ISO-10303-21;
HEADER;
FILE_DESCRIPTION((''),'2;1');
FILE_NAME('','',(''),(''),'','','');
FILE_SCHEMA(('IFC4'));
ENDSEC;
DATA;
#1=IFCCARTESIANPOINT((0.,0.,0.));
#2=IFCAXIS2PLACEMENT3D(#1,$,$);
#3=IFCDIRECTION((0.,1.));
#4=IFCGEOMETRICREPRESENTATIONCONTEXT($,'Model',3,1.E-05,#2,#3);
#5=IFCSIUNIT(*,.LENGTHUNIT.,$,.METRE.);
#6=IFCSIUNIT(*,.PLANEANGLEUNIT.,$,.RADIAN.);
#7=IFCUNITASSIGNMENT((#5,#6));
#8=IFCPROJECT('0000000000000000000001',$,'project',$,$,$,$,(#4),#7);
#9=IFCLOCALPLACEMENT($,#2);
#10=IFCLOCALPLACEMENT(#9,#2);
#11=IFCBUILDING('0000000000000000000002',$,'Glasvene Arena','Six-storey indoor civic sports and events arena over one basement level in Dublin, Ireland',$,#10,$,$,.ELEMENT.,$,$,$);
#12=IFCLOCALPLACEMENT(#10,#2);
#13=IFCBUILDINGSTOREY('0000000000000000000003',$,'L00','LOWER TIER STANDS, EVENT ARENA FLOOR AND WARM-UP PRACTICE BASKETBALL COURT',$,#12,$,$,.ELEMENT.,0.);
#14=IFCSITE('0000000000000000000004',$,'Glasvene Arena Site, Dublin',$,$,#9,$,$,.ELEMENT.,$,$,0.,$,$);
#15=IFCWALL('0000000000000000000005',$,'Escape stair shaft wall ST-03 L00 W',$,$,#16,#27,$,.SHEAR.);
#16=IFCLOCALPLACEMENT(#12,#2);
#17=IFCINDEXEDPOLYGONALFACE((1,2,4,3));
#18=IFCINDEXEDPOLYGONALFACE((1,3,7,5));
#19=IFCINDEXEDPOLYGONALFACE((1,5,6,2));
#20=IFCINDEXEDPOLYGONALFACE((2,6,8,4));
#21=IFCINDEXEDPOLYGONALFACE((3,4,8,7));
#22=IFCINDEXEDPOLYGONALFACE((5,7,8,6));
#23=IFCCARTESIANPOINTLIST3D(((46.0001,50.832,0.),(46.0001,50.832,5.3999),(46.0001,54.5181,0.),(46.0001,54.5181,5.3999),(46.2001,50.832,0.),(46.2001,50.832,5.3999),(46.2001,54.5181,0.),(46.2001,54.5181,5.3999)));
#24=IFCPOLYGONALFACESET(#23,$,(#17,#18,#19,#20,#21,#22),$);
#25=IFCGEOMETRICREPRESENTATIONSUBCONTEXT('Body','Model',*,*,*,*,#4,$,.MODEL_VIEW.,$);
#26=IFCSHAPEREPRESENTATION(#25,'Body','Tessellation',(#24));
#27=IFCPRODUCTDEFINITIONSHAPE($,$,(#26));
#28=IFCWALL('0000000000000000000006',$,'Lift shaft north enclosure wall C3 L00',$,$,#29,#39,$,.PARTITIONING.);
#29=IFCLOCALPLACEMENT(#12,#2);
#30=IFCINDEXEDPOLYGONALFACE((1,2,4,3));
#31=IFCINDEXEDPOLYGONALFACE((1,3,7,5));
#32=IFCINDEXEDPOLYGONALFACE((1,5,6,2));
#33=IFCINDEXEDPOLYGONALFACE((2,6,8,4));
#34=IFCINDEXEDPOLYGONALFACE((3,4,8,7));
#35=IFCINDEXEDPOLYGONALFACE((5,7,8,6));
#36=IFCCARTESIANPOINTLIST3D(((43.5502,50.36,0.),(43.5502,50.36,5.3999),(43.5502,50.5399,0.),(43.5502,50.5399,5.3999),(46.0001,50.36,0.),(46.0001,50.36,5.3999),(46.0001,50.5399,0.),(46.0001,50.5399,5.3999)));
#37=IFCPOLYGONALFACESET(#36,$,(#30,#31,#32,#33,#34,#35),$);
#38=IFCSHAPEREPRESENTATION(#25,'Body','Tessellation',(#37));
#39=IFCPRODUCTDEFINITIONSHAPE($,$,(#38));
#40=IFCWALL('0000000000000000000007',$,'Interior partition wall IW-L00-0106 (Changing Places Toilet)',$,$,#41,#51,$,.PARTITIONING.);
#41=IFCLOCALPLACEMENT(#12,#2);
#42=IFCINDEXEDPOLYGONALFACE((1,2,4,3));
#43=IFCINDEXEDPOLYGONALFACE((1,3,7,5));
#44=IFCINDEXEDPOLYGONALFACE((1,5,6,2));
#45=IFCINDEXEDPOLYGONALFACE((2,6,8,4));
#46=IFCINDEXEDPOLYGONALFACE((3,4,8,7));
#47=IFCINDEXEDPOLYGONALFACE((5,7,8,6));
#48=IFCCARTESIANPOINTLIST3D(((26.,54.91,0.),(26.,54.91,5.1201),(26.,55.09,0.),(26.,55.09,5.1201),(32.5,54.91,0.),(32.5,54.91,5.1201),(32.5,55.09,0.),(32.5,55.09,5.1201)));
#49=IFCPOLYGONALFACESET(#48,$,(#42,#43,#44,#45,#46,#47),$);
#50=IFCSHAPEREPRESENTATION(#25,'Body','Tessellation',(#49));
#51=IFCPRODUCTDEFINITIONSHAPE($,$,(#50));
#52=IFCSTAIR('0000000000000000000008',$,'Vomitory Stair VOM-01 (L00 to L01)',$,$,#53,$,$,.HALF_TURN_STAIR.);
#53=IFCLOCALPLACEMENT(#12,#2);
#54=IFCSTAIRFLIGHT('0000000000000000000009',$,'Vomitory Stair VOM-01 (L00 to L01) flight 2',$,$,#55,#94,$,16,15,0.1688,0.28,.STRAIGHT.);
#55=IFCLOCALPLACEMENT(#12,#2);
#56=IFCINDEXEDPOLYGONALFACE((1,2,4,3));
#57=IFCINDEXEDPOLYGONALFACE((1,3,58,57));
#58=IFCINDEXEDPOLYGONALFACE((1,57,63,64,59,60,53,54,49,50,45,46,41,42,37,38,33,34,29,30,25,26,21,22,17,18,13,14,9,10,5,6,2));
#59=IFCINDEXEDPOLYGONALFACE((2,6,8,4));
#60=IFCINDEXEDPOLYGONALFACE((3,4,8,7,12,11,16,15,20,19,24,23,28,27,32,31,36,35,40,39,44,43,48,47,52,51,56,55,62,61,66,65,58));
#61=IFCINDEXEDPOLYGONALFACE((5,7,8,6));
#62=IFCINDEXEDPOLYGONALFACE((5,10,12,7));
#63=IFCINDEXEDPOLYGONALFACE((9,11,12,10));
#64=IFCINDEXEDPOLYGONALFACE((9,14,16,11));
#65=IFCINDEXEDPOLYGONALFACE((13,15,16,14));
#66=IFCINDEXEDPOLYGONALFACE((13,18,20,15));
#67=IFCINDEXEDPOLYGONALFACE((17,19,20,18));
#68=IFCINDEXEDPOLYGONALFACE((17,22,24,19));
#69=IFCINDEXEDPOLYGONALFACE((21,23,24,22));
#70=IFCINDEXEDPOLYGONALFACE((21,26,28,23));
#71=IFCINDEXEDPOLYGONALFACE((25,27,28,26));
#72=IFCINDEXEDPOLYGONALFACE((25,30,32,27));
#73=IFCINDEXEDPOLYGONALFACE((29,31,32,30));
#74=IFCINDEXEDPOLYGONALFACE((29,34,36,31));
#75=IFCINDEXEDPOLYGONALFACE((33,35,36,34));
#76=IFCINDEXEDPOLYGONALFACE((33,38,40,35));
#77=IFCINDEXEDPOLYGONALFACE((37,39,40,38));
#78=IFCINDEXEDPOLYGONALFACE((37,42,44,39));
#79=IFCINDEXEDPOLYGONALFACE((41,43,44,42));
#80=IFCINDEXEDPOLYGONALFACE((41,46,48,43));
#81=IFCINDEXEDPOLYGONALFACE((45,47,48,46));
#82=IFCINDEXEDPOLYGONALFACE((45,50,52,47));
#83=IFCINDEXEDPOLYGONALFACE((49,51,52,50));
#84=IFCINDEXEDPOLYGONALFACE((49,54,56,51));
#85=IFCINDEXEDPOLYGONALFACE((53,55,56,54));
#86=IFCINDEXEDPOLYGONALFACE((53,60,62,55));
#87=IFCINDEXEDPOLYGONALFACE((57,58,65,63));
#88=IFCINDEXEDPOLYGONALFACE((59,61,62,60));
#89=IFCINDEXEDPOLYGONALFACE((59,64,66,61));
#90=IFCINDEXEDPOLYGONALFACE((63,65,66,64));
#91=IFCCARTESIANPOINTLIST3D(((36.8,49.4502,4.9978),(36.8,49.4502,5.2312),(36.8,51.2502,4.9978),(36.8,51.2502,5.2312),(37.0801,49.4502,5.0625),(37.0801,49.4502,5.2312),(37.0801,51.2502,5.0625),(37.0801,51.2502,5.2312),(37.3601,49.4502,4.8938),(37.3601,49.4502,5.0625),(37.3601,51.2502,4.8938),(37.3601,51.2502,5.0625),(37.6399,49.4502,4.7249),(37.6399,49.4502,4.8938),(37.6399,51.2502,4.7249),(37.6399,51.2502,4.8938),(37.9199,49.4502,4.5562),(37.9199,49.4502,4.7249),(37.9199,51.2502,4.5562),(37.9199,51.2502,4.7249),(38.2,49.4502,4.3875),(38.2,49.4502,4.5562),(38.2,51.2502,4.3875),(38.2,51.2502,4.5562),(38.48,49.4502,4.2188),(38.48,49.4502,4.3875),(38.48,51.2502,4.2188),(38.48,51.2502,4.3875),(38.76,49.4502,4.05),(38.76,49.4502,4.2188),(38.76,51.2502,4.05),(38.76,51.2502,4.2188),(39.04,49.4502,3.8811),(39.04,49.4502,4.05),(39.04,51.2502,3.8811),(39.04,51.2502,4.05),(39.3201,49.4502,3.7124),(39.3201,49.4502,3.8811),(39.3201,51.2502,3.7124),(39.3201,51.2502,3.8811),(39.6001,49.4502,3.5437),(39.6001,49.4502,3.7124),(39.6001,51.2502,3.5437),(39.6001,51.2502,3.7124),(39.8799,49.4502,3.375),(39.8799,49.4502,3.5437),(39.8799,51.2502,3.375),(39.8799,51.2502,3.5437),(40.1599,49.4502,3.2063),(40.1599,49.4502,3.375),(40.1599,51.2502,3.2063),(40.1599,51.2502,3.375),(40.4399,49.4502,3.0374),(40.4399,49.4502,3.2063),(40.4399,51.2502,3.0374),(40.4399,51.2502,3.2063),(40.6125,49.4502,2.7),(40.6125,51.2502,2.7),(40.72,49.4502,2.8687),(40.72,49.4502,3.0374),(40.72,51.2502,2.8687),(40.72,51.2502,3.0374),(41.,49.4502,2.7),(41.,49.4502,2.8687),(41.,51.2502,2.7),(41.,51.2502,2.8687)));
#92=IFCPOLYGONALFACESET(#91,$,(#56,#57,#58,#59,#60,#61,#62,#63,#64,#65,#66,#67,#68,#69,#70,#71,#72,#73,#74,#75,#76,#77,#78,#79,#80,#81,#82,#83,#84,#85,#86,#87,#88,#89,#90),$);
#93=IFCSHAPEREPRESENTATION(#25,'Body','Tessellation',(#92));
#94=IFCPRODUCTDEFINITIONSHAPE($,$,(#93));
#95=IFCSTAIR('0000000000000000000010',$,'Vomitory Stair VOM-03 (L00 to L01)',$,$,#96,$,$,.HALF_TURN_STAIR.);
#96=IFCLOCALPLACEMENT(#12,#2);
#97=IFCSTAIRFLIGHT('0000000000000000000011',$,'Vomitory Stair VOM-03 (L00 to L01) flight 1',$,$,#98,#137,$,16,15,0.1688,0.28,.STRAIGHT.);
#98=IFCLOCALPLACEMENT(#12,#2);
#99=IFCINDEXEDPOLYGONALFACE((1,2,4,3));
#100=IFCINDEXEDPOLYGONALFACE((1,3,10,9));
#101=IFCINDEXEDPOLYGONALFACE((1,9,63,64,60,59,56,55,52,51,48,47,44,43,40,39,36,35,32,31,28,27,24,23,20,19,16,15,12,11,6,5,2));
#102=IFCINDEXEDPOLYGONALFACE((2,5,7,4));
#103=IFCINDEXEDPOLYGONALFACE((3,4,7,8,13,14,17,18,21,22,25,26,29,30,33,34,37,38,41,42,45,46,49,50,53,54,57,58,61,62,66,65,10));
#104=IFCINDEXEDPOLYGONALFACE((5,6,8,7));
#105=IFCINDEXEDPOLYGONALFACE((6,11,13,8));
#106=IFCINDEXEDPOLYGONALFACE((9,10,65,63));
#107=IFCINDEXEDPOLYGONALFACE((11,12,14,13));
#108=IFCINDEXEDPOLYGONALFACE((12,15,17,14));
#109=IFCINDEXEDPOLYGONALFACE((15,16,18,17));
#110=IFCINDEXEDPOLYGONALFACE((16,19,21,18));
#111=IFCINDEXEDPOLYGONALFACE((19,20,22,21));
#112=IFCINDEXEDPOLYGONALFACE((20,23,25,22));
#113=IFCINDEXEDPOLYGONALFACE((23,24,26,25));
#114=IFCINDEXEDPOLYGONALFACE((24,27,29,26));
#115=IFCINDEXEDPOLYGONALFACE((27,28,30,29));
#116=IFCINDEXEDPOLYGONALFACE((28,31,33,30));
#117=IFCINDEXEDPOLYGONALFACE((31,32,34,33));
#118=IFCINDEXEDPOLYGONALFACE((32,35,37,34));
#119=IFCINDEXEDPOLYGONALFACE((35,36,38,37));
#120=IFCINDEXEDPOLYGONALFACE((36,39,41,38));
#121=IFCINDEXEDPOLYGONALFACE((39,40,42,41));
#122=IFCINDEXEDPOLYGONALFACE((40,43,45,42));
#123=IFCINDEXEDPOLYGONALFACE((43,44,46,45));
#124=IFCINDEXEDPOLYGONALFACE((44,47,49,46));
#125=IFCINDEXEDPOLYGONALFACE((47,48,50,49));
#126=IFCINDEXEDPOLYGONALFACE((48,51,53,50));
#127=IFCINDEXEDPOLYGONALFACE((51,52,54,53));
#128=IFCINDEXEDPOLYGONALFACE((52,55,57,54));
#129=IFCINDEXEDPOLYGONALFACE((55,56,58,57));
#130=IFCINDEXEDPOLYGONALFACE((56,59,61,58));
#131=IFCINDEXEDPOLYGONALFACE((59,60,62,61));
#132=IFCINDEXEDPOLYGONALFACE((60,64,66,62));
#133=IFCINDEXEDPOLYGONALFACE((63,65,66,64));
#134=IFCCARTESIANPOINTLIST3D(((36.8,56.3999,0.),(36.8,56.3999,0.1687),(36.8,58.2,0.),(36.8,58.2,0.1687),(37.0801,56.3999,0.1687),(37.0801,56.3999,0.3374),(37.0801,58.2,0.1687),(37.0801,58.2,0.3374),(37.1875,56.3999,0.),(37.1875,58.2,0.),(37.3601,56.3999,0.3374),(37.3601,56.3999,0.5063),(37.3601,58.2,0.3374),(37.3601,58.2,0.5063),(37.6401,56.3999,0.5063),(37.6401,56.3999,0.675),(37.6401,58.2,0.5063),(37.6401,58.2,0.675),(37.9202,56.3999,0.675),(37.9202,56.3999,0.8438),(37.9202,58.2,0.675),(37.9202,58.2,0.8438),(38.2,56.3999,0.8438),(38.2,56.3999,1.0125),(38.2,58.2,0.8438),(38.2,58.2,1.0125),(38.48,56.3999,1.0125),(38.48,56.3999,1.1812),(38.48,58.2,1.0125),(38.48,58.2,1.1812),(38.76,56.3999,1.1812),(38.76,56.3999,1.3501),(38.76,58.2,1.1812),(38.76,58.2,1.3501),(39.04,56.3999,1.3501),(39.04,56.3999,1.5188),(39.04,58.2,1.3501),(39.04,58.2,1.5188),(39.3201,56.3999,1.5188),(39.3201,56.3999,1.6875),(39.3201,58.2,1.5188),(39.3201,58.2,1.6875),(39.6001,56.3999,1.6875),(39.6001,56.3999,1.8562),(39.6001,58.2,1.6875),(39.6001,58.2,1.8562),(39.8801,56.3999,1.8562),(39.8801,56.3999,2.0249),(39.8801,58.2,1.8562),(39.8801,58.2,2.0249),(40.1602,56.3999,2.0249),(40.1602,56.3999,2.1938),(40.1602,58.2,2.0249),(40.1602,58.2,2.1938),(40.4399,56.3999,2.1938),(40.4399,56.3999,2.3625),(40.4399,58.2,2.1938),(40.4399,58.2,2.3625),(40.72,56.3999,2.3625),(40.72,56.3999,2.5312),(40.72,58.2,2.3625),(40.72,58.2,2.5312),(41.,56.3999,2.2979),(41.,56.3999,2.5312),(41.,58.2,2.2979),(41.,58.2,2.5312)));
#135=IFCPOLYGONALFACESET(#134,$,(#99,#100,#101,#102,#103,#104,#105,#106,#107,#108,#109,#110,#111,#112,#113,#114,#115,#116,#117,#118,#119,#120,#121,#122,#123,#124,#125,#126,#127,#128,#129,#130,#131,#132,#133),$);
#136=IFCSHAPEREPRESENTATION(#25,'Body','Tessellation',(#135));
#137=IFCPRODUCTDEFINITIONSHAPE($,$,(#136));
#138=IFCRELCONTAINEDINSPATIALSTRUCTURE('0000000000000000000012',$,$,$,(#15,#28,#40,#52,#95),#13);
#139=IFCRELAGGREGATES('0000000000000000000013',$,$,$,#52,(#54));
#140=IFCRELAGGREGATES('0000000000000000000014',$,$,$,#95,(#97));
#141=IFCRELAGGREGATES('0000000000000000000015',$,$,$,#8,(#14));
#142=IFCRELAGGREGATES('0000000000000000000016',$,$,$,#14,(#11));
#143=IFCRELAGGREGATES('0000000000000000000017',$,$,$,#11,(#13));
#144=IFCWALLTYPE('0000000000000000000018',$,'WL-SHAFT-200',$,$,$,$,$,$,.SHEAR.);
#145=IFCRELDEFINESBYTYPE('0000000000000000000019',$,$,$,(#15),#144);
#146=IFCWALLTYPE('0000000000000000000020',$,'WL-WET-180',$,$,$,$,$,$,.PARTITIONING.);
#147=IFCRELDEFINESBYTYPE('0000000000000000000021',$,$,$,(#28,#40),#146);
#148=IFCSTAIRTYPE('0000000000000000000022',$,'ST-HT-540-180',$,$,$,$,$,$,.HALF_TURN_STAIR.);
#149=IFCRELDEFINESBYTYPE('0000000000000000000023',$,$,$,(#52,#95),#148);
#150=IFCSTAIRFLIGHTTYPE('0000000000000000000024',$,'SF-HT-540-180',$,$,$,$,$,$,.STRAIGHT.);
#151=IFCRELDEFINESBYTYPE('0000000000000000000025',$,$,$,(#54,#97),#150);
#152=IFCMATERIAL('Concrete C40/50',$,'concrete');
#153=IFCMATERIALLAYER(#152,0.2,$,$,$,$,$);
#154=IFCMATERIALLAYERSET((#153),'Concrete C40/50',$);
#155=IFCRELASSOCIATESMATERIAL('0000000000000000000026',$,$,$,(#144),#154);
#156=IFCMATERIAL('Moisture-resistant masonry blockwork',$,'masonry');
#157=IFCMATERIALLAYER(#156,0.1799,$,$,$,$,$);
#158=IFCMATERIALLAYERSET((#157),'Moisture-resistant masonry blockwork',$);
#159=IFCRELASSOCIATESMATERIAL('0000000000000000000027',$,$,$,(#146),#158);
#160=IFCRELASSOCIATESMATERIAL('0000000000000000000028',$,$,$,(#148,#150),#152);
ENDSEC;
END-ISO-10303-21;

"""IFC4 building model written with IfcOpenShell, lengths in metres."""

from ifc_helpers import new_model, si_unit, direction, frame, frame_2d, origin, place, context, subcontext, project, spatial, polyline, rectangle, outline, extrude, material, layer, layer_set, type_object, element, aggregate, save


model = new_model("IFC4")

# Units and contexts
model_context = context("Model", 3, precision=1e-05, world=origin(), true_north=direction((0.0, 1.0)))
body_context = subcontext(model_context, "Body", "Model", "MODEL_VIEW")
ifc_project = project(units=[si_unit("LENGTHUNIT", "METRE"), si_unit("PLANEANGLEUNIT", "RADIAN")], contexts=[model_context])

# Site, building, storey
site_placement = place(None, origin())
site = spatial("IfcSite", under=ifc_project, at=site_placement, Name="Glasvene Arena Site, Dublin", CompositionType="ELEMENT", RefElevation=0.0)
building_placement = place(site_placement, origin())
building = spatial("IfcBuilding", under=site, at=building_placement, Name="Glasvene Arena", Description="Six-storey indoor civic sports and events arena over one basement level in Dublin, Ireland", CompositionType="ELEMENT")
storey_placement = place(building_placement, origin())
storey = spatial("IfcBuildingStorey", under=building, at=storey_placement, Name="L00", Description="LOWER TIER STANDS, EVENT ARENA FLOOR AND WARM-UP PRACTICE BASKETBALL COURT", CompositionType="ELEMENT", Elevation=0.0)

# Shared definitions
ifc_material_1 = material(Name="Concrete C40/50", Category="concrete")

# Shared definitions
ifc_layer_1 = layer(ifc_material_1, 0.2)
ifc_layer_set_1 = layer_set([ifc_layer_1], Name="Concrete C40/50")
wall_type_1 = type_object("IfcWallType", Name="WL-SHAFT-200", PredefinedType="SHEAR", material=ifc_layer_set_1)

# Walls
wall_1_placement = place(storey_placement, frame((46.1001, 50.832, 0.0), z_axis=(0.0, 0.0, 1.0), x_axis=(0.0, 1.0, 0.0)))
element("IfcWall", 1, at=wall_1_placement, inside=storey, type_object=wall_type_1, Name="Escape stair shaft wall ST-03 L00 W", PredefinedType="SHEAR", context=body_context, shape_type="SweptSolid", body=[
    extrude(rectangle(XDim=3.686, YDim=0.2, at=frame_2d((1.843, 0.0))), origin(), (0.0, 0.0, 1.0), 5.3999),
])
ifc_material_2 = material(Name="Moisture-resistant masonry blockwork", Category="masonry")
ifc_layer_2 = layer(ifc_material_2, 0.1799)
ifc_layer_set_2 = layer_set([ifc_layer_2], Name="Moisture-resistant masonry blockwork")
wall_type_2 = type_object("IfcWallType", Name="WL-WET-180", PredefinedType="PARTITIONING", material=ifc_layer_set_2)
wall_2_placement = place(storey_placement, frame((43.55, 50.45, 0.0), z_axis=(0.0, 0.0, 1.0), x_axis=(1.0, 0.0, 0.0)))
element("IfcWall", 2, at=wall_2_placement, inside=storey, type_object=wall_type_2, Name="Lift shaft north enclosure wall C3 L00", PredefinedType="PARTITIONING", context=body_context, shape_type="SweptSolid", body=[
    extrude(rectangle(XDim=2.45, YDim=0.1799, at=frame_2d((1.2251, 0.0))), origin(), (0.0, 0.0, 1.0), 5.3999),
])
wall_3_placement = place(storey_placement, frame((32.5, 55.0, 0.0), z_axis=(0.0, 0.0, 1.0), x_axis=(-1.0, 0.0, 0.0)))
element("IfcWall", 3, at=wall_3_placement, inside=storey, type_object=wall_type_2, Name="Interior partition wall IW-L00-0106 (Changing Places Toilet)", PredefinedType="PARTITIONING", context=body_context, shape_type="SweptSolid", body=[
    extrude(rectangle(XDim=6.5, YDim=0.1799, at=frame_2d((3.25, 0.0))), origin(), (0.0, 0.0, 1.0), 5.1201),
])

# Stairs, stair flights
stair_type = type_object("IfcStairType", Name="ST-HT-540-180", PredefinedType="HALF_TURN_STAIR", material=ifc_material_1)
stair_1_placement = place(storey_placement, origin())
stair_1 = element("IfcStair", 4, at=stair_1_placement, inside=storey, type_object=stair_type, Name="Vomitory Stair VOM-01 (L00 to L01)", PredefinedType="HALF_TURN_STAIR")
stair_flight_type = type_object("IfcStairFlightType", Name="SF-HT-540-180", PredefinedType="STRAIGHT", material=ifc_material_1)
stair_flight_1_placement = place(storey_placement, frame((41.0, 50.3501, 2.7), z_axis=(0.0, 0.0, 1.0), x_axis=(-1.0, 0.0, 0.0)))
stair_flight_1 = element("IfcStairFlight", 5, at=stair_flight_1_placement, type_object=stair_flight_type, Name="Vomitory Stair VOM-01 (L00 to L01) flight 2", NumberOfRisers=16, NumberOfTreads=15, PredefinedType="STRAIGHT", RiserHeight=0.1688, TreadLength=0.28, context=body_context, shape_type="SweptSolid", body=[
    extrude(outline(polyline([(0.0, 0.0), (0.0, 0.1687), (0.28, 0.1687), (0.28, 0.3374), (0.5601, 0.3374), (0.5601, 0.5063), (0.8401, 0.5063), (0.8401, 0.675), (1.1201, 0.675), (1.1201, 0.8438), (1.3999, 0.8438), (1.3999, 1.0125), (1.6799, 1.0125), (1.6799, 1.1812), (1.96, 1.1812), (1.96, 1.3501), (2.24, 1.3501), (2.24, 1.5188), (2.52, 1.5188), (2.52, 1.6875), (2.8, 1.6875), (2.8, 1.8562), (3.0801, 1.8562), (3.0801, 2.0249), (3.3601, 2.0249), (3.3601, 2.1938), (3.6399, 2.1938), (3.6399, 2.3625), (3.9199, 2.3625), (3.9199, 2.5312), (4.2, 2.5312), (4.2, 2.7), (4.2, 2.2979), (0.3875, 0.0), (0.0, 0.0)])), frame((0.0, 0.8999, 0.0), z_axis=(0.0, -1.0, 0.0), x_axis=(1.0, 0.0, 0.0)), (0.0, 0.0, 1.0), 1.8),
])
aggregate(stair_1, [stair_flight_1])
stair_2_placement = place(storey_placement, origin())
stair_2 = element("IfcStair", 6, at=stair_2_placement, inside=storey, type_object=stair_type, Name="Vomitory Stair VOM-03 (L00 to L01)", PredefinedType="HALF_TURN_STAIR")
stair_flight_2_placement = place(storey_placement, frame((36.8, 57.3, 0.0), z_axis=(0.0, 0.0, 1.0), x_axis=(1.0, 0.0, 0.0)))
stair_flight_2 = element("IfcStairFlight", 7, at=stair_flight_2_placement, type_object=stair_flight_type, Name="Vomitory Stair VOM-03 (L00 to L01) flight 1", NumberOfRisers=16, NumberOfTreads=15, PredefinedType="STRAIGHT", RiserHeight=0.1688, TreadLength=0.28, context=body_context, shape_type="SweptSolid", body=[
    extrude(outline(polyline([(0.0, 0.0), (0.0, 0.1687), (0.28, 0.1687), (0.28, 0.3374), (0.5601, 0.3374), (0.5601, 0.5063), (0.8401, 0.5063), (0.8401, 0.675), (1.1201, 0.675), (1.1201, 0.8438), (1.3999, 0.8438), (1.3999, 1.0125), (1.6799, 1.0125), (1.6799, 1.1812), (1.96, 1.1812), (1.96, 1.3501), (2.24, 1.3501), (2.24, 1.5188), (2.52, 1.5188), (2.52, 1.6875), (2.8, 1.6875), (2.8, 1.8562), (3.0801, 1.8562), (3.0801, 2.0249), (3.3601, 2.0249), (3.3601, 2.1938), (3.6399, 2.1938), (3.6399, 2.3625), (3.9199, 2.3625), (3.9199, 2.5312), (4.2, 2.5312), (4.2, 2.7), (4.2, 2.2979), (0.3875, 0.0), (0.0, 0.0)])), frame((0.0, 0.8999, 0.0), z_axis=(0.0, -1.0, 0.0), x_axis=(1.0, 0.0, 0.0)), (0.0, 0.0, 1.0), 1.8),
])
aggregate(stair_2, [stair_flight_2])

save(model, "model.ifc")
